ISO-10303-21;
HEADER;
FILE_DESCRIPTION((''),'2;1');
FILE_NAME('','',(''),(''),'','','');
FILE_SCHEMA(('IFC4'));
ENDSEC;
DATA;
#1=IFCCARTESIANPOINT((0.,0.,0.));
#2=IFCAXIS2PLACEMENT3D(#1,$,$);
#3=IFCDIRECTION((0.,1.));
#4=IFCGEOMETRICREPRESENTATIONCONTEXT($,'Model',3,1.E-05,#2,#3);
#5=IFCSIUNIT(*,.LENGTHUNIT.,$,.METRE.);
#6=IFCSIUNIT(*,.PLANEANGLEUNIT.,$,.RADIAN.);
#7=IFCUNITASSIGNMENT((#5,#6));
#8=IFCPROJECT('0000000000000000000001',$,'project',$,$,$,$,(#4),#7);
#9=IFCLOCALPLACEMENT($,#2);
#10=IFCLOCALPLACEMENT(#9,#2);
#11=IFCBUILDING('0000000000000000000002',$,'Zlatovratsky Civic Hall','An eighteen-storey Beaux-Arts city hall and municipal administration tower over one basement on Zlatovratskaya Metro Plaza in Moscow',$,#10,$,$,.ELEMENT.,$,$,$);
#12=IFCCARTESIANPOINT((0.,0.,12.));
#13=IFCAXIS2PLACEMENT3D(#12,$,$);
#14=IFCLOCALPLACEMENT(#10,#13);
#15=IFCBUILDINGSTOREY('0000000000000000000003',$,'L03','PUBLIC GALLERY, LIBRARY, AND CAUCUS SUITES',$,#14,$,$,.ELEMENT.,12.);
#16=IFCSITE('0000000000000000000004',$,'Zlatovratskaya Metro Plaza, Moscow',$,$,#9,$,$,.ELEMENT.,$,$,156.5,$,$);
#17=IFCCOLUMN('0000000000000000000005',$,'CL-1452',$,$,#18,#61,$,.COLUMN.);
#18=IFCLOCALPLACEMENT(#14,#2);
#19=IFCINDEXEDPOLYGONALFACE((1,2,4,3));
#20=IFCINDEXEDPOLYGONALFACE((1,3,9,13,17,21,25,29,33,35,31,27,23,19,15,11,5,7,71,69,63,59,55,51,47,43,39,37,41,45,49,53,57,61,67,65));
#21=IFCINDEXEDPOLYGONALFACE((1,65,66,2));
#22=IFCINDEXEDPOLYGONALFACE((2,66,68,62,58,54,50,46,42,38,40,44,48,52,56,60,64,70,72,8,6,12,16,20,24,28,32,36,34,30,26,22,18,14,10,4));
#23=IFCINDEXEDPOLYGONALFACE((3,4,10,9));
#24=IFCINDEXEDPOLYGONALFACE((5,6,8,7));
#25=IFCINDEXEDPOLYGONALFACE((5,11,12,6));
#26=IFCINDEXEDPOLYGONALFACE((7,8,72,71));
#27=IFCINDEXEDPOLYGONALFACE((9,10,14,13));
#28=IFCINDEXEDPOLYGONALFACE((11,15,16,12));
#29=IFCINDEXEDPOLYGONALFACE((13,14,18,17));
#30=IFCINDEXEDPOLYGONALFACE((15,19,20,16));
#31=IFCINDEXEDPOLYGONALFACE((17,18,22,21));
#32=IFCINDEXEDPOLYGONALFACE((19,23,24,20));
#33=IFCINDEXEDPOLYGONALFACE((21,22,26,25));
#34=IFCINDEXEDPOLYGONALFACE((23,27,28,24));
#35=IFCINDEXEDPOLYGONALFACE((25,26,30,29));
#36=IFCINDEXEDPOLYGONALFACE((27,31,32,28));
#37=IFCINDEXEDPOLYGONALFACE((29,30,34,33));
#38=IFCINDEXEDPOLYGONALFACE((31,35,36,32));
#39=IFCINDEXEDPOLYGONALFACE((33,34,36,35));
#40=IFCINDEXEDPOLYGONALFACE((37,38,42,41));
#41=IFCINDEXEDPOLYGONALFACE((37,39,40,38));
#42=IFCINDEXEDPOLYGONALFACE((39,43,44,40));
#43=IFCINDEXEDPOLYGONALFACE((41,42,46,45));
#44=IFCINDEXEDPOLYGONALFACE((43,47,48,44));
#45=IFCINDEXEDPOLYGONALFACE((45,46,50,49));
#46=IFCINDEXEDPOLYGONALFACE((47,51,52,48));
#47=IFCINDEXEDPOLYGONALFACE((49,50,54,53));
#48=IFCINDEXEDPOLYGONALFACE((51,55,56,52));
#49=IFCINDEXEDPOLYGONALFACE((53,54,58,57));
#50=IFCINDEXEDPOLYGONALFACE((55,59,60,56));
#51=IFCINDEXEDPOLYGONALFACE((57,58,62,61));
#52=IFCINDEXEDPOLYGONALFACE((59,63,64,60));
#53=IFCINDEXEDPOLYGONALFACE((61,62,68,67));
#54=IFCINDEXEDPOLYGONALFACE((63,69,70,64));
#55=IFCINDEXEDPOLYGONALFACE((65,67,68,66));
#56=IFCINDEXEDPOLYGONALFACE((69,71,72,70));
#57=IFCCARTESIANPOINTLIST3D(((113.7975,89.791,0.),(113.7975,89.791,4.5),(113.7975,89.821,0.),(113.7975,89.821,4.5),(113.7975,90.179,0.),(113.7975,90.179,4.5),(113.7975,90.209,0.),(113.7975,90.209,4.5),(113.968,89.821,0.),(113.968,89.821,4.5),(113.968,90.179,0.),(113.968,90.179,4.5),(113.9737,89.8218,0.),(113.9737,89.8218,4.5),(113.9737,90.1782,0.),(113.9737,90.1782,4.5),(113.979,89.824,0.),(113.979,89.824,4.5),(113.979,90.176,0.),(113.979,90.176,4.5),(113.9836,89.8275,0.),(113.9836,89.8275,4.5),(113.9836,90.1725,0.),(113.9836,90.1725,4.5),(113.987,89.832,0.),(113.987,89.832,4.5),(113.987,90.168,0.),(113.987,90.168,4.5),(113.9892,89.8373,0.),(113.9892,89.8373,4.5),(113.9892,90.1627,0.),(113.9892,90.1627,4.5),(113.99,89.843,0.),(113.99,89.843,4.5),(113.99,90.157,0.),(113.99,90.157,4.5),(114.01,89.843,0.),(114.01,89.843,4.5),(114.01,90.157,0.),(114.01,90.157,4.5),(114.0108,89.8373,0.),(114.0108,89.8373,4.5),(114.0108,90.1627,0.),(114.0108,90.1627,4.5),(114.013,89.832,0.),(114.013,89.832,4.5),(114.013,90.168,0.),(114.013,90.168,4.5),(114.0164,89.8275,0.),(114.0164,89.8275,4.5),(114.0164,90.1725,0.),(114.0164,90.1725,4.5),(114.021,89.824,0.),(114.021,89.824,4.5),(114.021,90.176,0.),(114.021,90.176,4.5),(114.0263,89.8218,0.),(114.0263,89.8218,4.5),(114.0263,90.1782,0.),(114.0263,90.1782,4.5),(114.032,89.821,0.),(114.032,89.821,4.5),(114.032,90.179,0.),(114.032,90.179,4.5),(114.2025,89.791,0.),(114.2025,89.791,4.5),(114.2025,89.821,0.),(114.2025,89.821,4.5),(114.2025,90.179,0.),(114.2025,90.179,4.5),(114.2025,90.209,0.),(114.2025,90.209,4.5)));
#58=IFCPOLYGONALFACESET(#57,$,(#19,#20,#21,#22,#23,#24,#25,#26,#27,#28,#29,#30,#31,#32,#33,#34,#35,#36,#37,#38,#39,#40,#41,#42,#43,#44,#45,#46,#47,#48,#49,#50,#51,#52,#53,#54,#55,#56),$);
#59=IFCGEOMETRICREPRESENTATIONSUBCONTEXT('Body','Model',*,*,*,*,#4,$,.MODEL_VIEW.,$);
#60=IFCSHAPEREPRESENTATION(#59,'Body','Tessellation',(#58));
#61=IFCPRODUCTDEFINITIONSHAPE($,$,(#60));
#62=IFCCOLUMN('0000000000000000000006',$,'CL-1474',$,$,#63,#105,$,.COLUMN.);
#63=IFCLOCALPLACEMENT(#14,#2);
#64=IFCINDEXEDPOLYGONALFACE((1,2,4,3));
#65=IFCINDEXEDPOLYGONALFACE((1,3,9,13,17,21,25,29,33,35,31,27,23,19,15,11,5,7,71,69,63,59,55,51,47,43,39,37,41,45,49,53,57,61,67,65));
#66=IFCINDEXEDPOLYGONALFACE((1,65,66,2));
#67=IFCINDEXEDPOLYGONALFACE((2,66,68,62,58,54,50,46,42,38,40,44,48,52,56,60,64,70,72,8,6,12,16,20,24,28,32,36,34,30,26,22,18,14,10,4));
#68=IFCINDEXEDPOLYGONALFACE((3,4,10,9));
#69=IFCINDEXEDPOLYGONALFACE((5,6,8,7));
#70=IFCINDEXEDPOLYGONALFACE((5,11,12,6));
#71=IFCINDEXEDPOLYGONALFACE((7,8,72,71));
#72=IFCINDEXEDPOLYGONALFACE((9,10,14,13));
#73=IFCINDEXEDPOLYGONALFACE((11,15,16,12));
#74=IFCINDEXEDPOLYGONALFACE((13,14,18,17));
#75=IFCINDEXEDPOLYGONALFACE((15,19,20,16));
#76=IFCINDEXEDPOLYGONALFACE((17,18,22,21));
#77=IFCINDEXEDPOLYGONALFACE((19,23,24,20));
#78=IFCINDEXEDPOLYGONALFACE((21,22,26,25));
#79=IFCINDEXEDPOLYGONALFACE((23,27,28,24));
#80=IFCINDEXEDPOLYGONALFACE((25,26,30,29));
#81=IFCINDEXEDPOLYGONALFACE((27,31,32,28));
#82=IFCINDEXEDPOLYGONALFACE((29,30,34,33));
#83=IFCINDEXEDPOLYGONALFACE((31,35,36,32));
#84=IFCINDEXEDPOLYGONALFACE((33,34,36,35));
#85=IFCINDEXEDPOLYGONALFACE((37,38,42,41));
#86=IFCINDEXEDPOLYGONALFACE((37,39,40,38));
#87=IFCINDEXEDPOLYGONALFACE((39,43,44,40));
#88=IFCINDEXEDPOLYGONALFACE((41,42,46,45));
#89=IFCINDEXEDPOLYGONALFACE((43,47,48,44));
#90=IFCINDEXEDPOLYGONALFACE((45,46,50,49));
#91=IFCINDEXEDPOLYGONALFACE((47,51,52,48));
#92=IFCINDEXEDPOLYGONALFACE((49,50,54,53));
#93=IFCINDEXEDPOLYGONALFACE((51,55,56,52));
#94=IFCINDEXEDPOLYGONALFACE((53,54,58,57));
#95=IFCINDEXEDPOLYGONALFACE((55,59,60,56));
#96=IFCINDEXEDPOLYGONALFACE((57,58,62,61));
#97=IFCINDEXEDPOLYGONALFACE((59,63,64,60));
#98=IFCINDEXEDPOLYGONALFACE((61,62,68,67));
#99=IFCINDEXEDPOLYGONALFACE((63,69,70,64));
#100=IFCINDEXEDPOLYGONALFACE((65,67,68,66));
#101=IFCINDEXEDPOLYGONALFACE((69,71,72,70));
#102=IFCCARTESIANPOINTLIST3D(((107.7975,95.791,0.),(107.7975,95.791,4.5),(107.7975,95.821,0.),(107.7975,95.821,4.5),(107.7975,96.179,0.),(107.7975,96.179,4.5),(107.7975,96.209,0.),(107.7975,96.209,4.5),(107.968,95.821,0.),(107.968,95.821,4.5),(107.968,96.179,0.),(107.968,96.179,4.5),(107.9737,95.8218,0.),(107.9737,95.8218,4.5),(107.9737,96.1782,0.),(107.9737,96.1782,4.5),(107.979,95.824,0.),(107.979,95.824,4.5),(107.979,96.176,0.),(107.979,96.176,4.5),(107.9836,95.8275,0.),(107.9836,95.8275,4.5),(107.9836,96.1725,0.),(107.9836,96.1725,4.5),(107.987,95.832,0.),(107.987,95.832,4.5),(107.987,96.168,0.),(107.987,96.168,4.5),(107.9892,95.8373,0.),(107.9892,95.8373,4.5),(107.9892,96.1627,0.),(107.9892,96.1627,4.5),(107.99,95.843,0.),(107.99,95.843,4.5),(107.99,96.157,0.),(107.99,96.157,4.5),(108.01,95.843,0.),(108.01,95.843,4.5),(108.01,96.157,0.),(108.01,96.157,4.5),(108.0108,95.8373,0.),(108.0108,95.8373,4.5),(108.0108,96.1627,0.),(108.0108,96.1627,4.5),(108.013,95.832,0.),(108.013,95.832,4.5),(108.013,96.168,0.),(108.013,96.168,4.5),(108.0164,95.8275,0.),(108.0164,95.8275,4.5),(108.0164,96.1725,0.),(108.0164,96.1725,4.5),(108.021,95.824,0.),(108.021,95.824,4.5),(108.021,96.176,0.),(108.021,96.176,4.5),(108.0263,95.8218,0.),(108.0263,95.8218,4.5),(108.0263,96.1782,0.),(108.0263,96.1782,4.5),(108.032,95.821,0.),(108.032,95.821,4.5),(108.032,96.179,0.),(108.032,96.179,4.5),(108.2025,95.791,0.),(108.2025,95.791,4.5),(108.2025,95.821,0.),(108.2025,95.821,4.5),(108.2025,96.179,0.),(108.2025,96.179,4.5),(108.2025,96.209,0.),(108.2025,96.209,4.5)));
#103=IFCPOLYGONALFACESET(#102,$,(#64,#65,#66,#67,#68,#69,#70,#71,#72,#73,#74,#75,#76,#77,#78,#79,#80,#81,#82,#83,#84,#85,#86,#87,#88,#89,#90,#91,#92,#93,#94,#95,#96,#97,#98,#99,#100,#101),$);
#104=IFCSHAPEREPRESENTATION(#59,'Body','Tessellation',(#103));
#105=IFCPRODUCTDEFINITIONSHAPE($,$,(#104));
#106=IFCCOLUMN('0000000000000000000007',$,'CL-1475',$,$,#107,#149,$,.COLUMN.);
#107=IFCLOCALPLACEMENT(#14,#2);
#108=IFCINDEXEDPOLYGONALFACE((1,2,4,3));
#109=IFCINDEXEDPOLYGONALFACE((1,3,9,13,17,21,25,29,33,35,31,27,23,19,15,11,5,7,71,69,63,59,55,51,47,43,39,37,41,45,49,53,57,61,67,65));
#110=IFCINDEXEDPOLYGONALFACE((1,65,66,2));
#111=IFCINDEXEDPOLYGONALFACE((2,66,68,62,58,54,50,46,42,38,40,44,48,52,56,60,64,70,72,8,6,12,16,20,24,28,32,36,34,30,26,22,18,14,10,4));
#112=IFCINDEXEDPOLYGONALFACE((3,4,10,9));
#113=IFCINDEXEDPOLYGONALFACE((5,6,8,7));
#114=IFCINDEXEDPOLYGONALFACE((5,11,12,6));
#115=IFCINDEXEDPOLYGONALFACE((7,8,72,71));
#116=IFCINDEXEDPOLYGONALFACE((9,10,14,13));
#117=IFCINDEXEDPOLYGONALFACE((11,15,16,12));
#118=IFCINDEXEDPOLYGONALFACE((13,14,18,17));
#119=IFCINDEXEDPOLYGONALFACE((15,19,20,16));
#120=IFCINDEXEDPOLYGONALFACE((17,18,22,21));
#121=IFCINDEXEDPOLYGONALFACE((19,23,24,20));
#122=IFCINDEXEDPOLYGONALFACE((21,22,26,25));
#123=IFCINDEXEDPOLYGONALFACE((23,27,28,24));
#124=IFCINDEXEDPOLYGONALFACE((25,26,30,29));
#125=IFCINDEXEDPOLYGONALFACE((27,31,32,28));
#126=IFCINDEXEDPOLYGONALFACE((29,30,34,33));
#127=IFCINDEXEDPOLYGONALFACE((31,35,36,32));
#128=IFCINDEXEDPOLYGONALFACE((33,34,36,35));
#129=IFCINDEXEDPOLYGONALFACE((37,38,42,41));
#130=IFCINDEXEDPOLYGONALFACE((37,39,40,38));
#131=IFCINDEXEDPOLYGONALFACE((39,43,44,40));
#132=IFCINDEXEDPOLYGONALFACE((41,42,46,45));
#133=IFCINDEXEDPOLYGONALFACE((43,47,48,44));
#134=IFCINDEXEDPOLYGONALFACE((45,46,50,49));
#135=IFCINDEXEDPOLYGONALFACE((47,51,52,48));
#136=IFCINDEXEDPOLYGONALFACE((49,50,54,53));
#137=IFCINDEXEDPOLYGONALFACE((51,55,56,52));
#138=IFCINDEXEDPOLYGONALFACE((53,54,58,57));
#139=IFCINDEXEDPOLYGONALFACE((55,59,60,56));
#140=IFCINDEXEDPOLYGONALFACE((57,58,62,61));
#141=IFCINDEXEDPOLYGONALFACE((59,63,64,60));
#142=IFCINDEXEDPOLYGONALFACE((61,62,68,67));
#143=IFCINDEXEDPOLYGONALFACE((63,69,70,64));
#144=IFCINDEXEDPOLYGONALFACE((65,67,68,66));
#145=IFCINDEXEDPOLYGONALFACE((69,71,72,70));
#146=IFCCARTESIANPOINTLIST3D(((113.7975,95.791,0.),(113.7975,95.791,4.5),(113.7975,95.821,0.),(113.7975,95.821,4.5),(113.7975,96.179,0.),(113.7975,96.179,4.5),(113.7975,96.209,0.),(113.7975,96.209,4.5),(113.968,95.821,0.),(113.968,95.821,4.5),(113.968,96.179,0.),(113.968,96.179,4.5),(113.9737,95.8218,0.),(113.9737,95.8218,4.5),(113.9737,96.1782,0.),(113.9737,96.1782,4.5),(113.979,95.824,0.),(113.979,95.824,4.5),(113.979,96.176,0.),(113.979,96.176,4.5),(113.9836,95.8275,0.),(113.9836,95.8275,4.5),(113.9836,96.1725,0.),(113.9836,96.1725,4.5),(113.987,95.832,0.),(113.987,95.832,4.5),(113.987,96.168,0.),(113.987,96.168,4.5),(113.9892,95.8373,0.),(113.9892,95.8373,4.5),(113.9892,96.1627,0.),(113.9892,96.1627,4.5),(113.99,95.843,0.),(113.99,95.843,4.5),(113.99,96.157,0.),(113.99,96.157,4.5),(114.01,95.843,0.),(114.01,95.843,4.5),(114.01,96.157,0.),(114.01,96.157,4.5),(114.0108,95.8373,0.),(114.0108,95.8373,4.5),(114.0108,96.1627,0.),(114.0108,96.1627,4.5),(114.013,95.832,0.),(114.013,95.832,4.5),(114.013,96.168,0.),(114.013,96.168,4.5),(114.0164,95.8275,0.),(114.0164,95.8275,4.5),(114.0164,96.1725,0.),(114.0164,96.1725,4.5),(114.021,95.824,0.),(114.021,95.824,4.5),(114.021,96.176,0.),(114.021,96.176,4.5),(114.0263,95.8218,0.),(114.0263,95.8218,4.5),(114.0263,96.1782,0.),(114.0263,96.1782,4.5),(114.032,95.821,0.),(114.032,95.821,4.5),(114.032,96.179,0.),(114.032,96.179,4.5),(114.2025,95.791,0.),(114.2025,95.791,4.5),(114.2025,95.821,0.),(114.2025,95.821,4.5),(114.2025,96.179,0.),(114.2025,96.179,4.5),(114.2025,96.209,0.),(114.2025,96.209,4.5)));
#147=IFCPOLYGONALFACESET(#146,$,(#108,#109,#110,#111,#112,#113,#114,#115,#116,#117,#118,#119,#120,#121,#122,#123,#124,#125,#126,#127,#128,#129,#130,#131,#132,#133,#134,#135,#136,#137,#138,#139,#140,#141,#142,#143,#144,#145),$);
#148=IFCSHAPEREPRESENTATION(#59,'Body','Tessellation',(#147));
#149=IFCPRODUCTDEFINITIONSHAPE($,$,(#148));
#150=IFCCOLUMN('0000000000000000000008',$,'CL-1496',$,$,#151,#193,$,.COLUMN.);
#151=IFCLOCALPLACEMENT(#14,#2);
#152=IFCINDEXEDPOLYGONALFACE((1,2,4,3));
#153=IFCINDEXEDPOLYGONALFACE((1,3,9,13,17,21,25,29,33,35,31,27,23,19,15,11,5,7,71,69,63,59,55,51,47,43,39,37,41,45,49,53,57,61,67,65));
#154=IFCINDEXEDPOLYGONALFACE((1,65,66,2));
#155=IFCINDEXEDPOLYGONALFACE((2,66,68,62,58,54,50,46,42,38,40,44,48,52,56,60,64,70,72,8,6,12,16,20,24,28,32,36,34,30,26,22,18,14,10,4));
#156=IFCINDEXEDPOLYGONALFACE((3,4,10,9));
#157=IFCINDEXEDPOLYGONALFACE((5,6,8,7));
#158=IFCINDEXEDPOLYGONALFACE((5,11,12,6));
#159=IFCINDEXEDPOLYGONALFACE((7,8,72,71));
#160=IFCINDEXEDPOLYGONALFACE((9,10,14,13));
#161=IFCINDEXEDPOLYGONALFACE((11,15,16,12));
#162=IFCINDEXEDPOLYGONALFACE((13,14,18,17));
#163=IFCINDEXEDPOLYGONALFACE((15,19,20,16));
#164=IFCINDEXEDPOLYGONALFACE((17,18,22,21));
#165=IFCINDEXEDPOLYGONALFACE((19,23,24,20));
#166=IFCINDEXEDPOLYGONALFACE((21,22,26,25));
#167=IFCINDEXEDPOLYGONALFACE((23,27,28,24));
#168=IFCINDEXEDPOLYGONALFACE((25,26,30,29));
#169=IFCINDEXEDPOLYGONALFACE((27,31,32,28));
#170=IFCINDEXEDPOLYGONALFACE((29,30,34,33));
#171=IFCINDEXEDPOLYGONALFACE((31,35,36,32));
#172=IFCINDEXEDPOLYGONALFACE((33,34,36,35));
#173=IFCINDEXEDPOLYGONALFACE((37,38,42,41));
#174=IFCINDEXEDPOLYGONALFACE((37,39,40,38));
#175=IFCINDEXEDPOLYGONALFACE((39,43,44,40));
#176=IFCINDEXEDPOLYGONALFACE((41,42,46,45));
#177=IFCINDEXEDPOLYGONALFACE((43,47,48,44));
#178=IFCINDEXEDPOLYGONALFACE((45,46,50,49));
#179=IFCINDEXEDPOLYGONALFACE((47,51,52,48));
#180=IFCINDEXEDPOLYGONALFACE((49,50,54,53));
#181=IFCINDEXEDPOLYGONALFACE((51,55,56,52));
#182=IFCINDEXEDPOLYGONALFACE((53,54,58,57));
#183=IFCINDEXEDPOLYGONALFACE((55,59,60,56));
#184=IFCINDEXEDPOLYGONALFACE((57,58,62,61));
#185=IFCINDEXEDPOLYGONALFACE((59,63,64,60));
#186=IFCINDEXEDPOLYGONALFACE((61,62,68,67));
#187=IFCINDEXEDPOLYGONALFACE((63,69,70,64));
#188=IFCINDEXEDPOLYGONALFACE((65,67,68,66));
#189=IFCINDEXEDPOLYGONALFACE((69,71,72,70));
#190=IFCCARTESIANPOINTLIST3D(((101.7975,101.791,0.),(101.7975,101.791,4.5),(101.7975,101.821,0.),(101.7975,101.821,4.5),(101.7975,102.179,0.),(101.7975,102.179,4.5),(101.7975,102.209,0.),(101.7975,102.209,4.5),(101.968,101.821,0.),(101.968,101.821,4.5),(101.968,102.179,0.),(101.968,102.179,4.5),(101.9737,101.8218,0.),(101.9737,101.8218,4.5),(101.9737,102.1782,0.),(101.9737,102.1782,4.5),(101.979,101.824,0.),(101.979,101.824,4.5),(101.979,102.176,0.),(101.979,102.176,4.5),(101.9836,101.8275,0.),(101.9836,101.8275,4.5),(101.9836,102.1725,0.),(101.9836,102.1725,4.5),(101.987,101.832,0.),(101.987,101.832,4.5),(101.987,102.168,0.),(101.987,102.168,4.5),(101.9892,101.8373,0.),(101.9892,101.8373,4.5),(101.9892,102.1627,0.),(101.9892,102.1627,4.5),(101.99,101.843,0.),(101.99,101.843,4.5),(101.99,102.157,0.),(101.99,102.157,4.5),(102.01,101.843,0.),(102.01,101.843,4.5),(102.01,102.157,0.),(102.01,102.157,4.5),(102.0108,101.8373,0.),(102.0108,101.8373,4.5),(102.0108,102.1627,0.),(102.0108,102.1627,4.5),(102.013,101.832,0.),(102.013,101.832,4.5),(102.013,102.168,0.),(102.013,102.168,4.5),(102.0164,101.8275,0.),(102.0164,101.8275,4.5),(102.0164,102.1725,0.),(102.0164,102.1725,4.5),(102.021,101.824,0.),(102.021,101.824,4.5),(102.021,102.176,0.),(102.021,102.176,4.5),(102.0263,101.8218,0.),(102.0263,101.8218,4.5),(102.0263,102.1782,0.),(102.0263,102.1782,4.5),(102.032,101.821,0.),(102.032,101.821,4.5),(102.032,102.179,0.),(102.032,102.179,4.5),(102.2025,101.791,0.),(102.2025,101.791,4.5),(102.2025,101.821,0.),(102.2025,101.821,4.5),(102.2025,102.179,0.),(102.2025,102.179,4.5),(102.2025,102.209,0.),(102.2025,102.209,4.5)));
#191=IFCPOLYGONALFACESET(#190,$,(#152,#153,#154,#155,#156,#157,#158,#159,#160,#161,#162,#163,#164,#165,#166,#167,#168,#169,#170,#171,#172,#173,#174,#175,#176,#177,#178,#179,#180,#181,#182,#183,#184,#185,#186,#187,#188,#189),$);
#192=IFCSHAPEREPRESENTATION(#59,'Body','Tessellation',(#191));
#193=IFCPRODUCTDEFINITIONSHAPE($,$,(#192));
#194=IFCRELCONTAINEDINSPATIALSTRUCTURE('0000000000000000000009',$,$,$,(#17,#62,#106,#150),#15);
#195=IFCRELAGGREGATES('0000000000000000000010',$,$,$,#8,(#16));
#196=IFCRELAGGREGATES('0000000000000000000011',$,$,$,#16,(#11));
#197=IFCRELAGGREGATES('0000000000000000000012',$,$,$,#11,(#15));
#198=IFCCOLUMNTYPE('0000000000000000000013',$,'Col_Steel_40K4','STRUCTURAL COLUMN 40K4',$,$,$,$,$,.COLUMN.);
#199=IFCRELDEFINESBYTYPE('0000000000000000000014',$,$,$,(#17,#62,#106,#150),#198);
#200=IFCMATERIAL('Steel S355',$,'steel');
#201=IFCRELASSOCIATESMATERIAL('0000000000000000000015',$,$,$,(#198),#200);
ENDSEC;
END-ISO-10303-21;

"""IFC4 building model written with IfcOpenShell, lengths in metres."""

from ifc_helpers import new_model, si_unit, direction, frame, origin, origin_2d, place, context, subcontext, project, spatial, i_section, extrude, material, material_profile, profile_set, type_object, element, save


model = new_model("IFC4")

# Units and contexts
model_context = context("Model", 3, precision=1e-05, world=origin(), true_north=direction((0.0, 1.0)))
body_context = subcontext(model_context, "Body", "Model", "MODEL_VIEW")
ifc_project = project(units=[si_unit("LENGTHUNIT", "METRE"), si_unit("PLANEANGLEUNIT", "RADIAN")], contexts=[model_context])

# Site, building, storey
site_placement = place(None, origin())
site = spatial("IfcSite", under=ifc_project, at=site_placement, Name="Zlatovratskaya Metro Plaza, Moscow", CompositionType="ELEMENT", RefElevation=156.5)
building_placement = place(site_placement, origin())
building = spatial("IfcBuilding", under=site, at=building_placement, Name="Zlatovratsky Civic Hall", Description="An eighteen-storey Beaux-Arts city hall and municipal administration tower over one basement on Zlatovratskaya Metro Plaza in Moscow", CompositionType="ELEMENT")
storey_placement = place(building_placement, frame((0.0, 0.0, 12.0)))
storey = spatial("IfcBuildingStorey", under=building, at=storey_placement, Name="L03", Description="PUBLIC GALLERY, LIBRARY, AND CAUCUS SUITES", CompositionType="ELEMENT", Elevation=12.0)

# Columns
ifc_material_1 = material(Name="Steel S355", Category="steel")
ifc_material_profile_1 = material_profile(ifc_material_1, i_section(OverallWidth=0.405, OverallDepth=0.418, WebThickness=0.02, FlangeThickness=0.03, FilletRadius=0.022, at=origin_2d()), Name="40K4")
ifc_profile_set_1 = profile_set([ifc_material_profile_1], Name="Steel S355")
column_type_1 = type_object("IfcColumnType", Name="Col_Steel_40K4", Description="STRUCTURAL COLUMN 40K4", PredefinedType="COLUMN", material=ifc_profile_set_1)
for number, where, z_axis, x_axis, name in (
    (1, (114.0, 90.0, 0.0), (0.0, 0.0, 1.0), (1.0, 0.0, 0.0), "CL-1452"),
    (2, (108.0, 96.0, 0.0), (0.0, 0.0, 1.0), (1.0, 0.0, 0.0), "CL-1474"),
    (3, (114.0, 96.0, 0.0), (0.0, 0.0, 1.0), (1.0, 0.0, 0.0), "CL-1475"),
    (4, (102.0, 102.0, 0.0), (0.0, 0.0, 1.0), (1.0, 0.0, 0.0), "CL-1496"),
):
    element("IfcColumn", number, at=place(storey_placement, frame(where, z_axis=z_axis, x_axis=x_axis)), inside=storey, type_object=column_type_1, Name=name, PredefinedType="COLUMN", context=body_context, shape_type="SweptSolid", body=[
        extrude(i_section(OverallWidth=0.405, OverallDepth=0.418, WebThickness=0.02, FlangeThickness=0.03, FilletRadius=0.022, at=origin_2d()), origin(), (0.0, 0.0, 1.0), 4.5),
    ])

save(model, "model.ifc")
